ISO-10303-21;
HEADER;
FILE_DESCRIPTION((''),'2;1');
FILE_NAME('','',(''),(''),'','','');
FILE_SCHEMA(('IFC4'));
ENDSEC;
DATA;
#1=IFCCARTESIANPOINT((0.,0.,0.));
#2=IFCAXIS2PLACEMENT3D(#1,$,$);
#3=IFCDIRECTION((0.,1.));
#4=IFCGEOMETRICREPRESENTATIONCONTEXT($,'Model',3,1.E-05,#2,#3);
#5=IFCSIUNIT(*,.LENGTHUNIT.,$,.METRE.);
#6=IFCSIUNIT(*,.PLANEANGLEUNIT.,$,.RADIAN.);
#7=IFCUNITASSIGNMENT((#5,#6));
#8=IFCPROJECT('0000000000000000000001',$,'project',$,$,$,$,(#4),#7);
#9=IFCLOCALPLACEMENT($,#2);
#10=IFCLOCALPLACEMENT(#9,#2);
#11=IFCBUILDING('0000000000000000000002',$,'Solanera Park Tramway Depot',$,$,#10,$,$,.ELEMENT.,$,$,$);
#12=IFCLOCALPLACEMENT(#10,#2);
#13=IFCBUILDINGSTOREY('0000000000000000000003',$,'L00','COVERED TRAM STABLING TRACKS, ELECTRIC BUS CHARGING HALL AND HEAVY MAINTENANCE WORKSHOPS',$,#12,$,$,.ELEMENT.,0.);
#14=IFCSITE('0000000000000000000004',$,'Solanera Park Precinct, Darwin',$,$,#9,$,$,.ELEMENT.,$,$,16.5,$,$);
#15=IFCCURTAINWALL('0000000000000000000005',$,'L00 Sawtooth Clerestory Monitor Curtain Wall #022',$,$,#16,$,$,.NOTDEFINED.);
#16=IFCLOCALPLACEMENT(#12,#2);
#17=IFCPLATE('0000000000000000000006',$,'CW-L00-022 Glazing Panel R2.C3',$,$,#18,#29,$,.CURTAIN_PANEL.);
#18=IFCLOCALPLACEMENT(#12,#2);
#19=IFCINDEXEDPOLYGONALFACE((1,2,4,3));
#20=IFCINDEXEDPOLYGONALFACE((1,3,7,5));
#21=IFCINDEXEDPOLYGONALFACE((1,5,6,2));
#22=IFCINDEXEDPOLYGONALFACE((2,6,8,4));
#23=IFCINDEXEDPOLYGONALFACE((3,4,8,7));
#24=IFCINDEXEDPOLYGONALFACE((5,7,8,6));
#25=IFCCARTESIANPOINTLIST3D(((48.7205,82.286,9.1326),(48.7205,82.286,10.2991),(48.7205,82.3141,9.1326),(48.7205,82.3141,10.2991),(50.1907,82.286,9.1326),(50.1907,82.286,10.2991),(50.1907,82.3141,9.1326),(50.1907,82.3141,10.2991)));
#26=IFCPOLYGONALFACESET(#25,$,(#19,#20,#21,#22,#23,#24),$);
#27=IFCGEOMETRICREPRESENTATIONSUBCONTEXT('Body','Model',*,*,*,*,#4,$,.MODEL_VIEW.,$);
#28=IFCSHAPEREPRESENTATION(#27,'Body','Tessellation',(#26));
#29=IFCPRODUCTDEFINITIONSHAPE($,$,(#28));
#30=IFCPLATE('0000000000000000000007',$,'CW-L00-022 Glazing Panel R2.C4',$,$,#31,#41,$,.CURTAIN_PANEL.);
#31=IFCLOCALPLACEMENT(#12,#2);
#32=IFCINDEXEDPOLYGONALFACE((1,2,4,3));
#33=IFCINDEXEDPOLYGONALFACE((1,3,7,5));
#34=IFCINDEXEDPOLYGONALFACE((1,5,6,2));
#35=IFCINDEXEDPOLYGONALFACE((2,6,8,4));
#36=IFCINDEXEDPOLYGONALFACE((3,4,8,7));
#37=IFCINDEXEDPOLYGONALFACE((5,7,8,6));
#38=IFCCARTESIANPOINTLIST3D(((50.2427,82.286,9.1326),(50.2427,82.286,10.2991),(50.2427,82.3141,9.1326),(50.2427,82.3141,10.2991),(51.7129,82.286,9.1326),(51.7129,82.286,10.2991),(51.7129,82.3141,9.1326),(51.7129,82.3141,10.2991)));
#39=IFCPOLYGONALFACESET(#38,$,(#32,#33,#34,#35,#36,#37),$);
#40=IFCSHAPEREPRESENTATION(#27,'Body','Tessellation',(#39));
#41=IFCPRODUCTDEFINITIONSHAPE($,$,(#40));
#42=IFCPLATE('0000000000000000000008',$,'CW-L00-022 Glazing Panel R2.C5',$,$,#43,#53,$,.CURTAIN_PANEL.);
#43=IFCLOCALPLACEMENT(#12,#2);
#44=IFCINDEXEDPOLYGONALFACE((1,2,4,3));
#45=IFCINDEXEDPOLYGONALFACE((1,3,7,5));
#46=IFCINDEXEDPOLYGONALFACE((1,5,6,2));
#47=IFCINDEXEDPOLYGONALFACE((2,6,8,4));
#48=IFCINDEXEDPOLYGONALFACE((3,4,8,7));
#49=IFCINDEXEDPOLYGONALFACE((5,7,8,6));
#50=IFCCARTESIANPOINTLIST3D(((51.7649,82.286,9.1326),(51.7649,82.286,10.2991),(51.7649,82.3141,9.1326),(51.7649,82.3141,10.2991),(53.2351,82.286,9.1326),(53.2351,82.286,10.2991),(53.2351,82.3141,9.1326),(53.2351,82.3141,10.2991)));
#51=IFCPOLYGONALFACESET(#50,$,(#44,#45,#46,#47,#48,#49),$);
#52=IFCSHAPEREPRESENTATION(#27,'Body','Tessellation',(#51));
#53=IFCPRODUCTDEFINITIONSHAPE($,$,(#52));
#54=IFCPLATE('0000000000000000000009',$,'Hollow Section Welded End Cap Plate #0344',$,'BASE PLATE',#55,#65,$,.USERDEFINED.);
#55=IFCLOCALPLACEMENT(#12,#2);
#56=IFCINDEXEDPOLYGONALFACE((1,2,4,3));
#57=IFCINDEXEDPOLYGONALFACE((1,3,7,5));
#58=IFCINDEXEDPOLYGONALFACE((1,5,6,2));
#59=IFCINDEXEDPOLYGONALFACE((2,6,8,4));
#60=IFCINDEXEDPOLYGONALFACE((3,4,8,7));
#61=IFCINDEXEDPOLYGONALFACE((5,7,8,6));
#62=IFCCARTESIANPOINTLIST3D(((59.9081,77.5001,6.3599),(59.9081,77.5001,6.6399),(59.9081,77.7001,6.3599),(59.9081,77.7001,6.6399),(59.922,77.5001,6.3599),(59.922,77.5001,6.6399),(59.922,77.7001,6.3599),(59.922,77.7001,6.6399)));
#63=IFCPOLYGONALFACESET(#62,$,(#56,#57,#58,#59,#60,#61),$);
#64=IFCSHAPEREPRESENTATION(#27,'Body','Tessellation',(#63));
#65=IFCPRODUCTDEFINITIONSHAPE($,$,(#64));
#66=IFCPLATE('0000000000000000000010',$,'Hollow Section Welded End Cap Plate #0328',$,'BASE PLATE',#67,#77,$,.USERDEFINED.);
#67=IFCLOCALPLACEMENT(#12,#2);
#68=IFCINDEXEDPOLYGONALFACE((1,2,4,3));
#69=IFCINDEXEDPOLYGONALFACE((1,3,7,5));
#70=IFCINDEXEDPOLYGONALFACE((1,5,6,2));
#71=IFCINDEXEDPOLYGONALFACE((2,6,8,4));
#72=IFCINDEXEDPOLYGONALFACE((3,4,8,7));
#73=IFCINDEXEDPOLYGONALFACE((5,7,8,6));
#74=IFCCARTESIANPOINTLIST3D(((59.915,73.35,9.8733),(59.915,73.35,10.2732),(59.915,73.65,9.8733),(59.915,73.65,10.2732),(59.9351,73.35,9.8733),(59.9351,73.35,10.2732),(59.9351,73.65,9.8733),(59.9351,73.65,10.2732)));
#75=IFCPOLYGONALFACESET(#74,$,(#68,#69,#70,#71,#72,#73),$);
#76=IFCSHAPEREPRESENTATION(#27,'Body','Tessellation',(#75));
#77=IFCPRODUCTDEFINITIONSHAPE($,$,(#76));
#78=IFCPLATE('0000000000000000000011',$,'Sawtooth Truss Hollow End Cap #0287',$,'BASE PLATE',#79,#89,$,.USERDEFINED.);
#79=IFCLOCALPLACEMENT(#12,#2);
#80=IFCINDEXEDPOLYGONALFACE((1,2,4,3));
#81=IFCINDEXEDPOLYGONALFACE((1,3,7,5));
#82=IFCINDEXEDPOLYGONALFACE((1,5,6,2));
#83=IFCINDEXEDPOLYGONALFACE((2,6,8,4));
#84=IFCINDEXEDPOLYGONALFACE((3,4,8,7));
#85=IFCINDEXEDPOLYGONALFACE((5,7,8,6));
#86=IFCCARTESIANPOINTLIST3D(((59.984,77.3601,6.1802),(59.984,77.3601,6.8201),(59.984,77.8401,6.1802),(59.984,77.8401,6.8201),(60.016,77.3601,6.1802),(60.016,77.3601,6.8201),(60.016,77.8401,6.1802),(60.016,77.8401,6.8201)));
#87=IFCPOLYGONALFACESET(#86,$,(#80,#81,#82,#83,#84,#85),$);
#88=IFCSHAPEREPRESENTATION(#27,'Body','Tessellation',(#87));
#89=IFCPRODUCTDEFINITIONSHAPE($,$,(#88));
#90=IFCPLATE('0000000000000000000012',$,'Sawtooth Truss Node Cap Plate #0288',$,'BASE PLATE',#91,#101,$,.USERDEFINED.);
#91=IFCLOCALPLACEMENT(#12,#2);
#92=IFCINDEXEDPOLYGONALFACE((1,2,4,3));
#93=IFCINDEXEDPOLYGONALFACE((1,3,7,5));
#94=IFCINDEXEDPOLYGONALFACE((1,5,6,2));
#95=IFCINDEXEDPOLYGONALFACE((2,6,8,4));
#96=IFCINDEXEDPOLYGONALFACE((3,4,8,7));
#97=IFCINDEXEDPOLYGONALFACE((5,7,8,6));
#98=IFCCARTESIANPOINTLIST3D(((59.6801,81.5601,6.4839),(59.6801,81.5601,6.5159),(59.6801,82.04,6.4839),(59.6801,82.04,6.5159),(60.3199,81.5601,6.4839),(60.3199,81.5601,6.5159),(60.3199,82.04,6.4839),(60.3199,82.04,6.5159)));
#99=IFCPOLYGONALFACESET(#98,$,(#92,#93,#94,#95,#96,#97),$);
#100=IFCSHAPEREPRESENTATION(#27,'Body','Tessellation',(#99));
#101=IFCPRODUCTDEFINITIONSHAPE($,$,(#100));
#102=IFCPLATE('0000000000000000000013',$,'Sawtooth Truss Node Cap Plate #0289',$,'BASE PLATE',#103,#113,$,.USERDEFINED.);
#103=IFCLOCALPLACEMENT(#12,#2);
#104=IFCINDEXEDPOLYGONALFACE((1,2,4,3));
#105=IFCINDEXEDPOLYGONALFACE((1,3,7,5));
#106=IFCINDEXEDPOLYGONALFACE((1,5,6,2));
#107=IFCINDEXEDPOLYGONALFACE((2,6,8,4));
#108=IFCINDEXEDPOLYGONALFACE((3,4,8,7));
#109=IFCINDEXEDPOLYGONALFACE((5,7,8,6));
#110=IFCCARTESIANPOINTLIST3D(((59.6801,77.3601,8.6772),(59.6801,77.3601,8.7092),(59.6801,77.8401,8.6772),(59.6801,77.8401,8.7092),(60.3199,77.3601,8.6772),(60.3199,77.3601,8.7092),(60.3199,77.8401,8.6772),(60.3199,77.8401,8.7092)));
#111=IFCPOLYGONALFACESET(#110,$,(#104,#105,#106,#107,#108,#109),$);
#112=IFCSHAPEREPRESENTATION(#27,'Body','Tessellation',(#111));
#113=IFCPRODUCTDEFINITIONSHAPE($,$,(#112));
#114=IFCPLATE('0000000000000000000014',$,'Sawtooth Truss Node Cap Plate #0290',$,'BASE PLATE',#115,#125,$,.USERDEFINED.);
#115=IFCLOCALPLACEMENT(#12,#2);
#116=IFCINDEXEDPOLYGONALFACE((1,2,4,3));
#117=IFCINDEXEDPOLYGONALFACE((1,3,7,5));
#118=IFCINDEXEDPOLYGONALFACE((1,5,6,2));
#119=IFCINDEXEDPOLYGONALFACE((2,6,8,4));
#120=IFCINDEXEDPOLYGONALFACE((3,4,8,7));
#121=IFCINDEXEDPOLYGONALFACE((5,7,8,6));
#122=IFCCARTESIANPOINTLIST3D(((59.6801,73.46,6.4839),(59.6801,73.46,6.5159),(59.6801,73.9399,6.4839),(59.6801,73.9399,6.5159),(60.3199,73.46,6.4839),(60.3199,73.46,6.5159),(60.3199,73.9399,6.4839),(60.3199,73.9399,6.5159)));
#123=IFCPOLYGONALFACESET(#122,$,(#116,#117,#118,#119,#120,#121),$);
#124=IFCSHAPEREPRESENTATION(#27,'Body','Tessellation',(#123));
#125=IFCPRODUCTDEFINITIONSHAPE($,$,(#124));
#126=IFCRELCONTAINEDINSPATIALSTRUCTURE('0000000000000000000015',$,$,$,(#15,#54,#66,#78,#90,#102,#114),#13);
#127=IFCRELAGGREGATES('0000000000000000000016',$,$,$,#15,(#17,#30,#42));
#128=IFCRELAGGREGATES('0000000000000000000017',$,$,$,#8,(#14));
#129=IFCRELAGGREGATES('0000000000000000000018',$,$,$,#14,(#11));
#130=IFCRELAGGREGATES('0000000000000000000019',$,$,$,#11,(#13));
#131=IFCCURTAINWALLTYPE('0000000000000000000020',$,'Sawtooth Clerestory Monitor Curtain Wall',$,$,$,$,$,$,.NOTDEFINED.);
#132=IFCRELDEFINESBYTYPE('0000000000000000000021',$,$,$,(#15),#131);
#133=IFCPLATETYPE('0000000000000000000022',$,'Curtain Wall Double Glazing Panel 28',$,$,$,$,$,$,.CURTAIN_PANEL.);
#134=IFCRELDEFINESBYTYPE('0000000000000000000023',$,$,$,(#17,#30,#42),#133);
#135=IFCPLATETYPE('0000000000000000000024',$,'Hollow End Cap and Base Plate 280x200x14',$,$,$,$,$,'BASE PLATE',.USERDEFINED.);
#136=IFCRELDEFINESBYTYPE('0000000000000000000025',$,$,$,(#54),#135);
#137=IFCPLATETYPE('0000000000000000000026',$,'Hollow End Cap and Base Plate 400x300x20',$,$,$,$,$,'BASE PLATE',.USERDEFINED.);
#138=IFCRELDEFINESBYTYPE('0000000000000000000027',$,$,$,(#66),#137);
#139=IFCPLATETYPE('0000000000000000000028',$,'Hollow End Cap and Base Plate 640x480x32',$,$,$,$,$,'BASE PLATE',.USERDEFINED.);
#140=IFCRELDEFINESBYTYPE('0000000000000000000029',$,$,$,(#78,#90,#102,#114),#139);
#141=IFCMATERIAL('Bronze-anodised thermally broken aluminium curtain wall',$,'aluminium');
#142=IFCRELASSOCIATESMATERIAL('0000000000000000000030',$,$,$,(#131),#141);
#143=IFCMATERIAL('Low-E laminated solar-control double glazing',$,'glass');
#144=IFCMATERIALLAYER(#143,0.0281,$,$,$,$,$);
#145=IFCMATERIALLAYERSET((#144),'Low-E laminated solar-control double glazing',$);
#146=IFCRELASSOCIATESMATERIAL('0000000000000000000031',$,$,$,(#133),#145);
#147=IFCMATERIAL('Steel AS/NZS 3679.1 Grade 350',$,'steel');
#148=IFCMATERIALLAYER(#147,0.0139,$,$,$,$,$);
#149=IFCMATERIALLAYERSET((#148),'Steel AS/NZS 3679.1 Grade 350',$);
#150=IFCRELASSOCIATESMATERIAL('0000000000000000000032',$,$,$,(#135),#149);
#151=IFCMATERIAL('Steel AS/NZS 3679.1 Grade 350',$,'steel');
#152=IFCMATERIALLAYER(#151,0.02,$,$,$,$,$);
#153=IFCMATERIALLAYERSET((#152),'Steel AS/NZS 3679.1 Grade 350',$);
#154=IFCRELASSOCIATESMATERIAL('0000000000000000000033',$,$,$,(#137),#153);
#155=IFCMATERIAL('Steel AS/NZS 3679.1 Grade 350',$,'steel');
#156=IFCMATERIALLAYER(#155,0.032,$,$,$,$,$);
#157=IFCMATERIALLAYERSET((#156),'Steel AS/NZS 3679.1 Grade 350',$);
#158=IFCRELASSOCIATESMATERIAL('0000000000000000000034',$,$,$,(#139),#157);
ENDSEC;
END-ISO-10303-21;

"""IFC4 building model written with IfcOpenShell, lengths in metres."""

from ifc_helpers import new_model, si_unit, direction, frame, origin, origin_2d, place, context, subcontext, project, spatial, rectangle, extrude, material, layer, layer_set, type_object, element, aggregate, save


model = new_model("IFC4")

# Units and contexts
model_context = context("Model", 3, precision=1e-05, world=origin(), true_north=direction((0.0, 1.0)))
body_context = subcontext(model_context, "Body", "Model", "MODEL_VIEW")
ifc_project = project(units=[si_unit("LENGTHUNIT", "METRE"), si_unit("PLANEANGLEUNIT", "RADIAN")], contexts=[model_context])

# Site, building, storey
site_placement = place(None, origin())
site = spatial("IfcSite", under=ifc_project, at=site_placement, Name="Solanera Park Precinct, Darwin", CompositionType="ELEMENT", RefElevation=16.5)
building_placement = place(site_placement, origin())
building = spatial("IfcBuilding", under=site, at=building_placement, Name="Solanera Park Tramway Depot", CompositionType="ELEMENT")
storey_placement = place(building_placement, origin())
storey = spatial("IfcBuildingStorey", under=building, at=storey_placement, Name="L00", Description="COVERED TRAM STABLING TRACKS, ELECTRIC BUS CHARGING HALL AND HEAVY MAINTENANCE WORKSHOPS", CompositionType="ELEMENT", Elevation=0.0)

# Curtain wall
ifc_material_1 = material(Name="Bronze-anodised thermally broken aluminium curtain wall", Category="aluminium")
curtain_wall_type = type_object("IfcCurtainWallType", Name="Sawtooth Clerestory Monitor Curtain Wall", PredefinedType="NOTDEFINED", material=ifc_material_1)
curtain_wall_placement = place(storey_placement, origin())
curtain_wall = element("IfcCurtainWall", 1, at=curtain_wall_placement, inside=storey, type_object=curtain_wall_type, Name="L00 Sawtooth Clerestory Monitor Curtain Wall #022", PredefinedType="NOTDEFINED")

# Plates
ifc_material_2 = material(Name="Low-E laminated solar-control double glazing", Category="glass")
ifc_layer_1 = layer(ifc_material_2, 0.0281)
ifc_layer_set_1 = layer_set([ifc_layer_1], Name="Low-E laminated solar-control double glazing")
plate_type_1 = type_object("IfcPlateType", Name="Curtain Wall Double Glazing Panel 28", PredefinedType="CURTAIN_PANEL", material=ifc_layer_set_1)
plate_1_placement = place(storey_placement, frame((49.4556, 82.3, 9.1326), z_axis=(0.0, 0.0, 1.0), x_axis=(1.0, 0.0, 0.0)))
plate_1 = element("IfcPlate", 2, at=plate_1_placement, type_object=plate_type_1, Name="CW-L00-022 Glazing Panel R2.C3", PredefinedType="CURTAIN_PANEL", context=body_context, shape_type="SweptSolid", body=[
    extrude(rectangle(XDim=1.4702, YDim=0.0281, at=origin_2d()), origin(), (0.0, 0.0, 1.0), 1.1665),
])
plate_2_placement = place(storey_placement, frame((50.9778, 82.3, 9.1326), z_axis=(0.0, 0.0, 1.0), x_axis=(1.0, 0.0, 0.0)))
plate_2 = element("IfcPlate", 3, at=plate_2_placement, type_object=plate_type_1, Name="CW-L00-022 Glazing Panel R2.C4", PredefinedType="CURTAIN_PANEL", context=body_context, shape_type="SweptSolid", body=[
    extrude(rectangle(XDim=1.4702, YDim=0.0281, at=origin_2d()), origin(), (0.0, 0.0, 1.0), 1.1665),
])
plate_3_placement = place(storey_placement, frame((52.5, 82.3, 9.1326), z_axis=(0.0, 0.0, 1.0), x_axis=(1.0, 0.0, 0.0)))
plate_3 = element("IfcPlate", 4, at=plate_3_placement, type_object=plate_type_1, Name="CW-L00-022 Glazing Panel R2.C5", PredefinedType="CURTAIN_PANEL", context=body_context, shape_type="SweptSolid", body=[
    extrude(rectangle(XDim=1.4702, YDim=0.0281, at=origin_2d()), origin(), (0.0, 0.0, 1.0), 1.1665),
])
aggregate(curtain_wall, [plate_1, plate_2, plate_3])

# Plates
ifc_material_3 = material(Name="Steel AS/NZS 3679.1 Grade 350", Category="steel")
ifc_layer_2 = layer(ifc_material_3, 0.0139)
ifc_layer_set_2 = layer_set([ifc_layer_2], Name="Steel AS/NZS 3679.1 Grade 350")
plate_type_2 = type_object("IfcPlateType", Name="Hollow End Cap and Base Plate 280x200x14", ElementType="BASE PLATE", PredefinedType="USERDEFINED", material=ifc_layer_set_2)
plate_4_placement = place(storey_placement, frame((59.915, 77.6001, 6.3599), z_axis=(0.0, 0.0, 1.0), x_axis=(1.0, 0.0, 0.0)))
element("IfcPlate", 5, at=plate_4_placement, inside=storey, type_object=plate_type_2, Name="Hollow Section Welded End Cap Plate #0344", ObjectType="BASE PLATE", PredefinedType="USERDEFINED", context=body_context, shape_type="SweptSolid", body=[
    extrude(rectangle(XDim=0.0139, YDim=0.2, at=origin_2d()), origin(), (0.0, 0.0, 1.0), 0.28),
])
ifc_material_4 = material(Name="Steel AS/NZS 3679.1 Grade 350", Category="steel")
ifc_layer_3 = layer(ifc_material_4, 0.02)
ifc_layer_set_3 = layer_set([ifc_layer_3], Name="Steel AS/NZS 3679.1 Grade 350")
plate_type_3 = type_object("IfcPlateType", Name="Hollow End Cap and Base Plate 400x300x20", ElementType="BASE PLATE", PredefinedType="USERDEFINED", material=ifc_layer_set_3)
plate_5_placement = place(storey_placement, frame((59.925, 73.5, 9.8733), z_axis=(0.0, 0.0, 1.0), x_axis=(1.0, 0.0, 0.0)))
element("IfcPlate", 6, at=plate_5_placement, inside=storey, type_object=plate_type_3, Name="Hollow Section Welded End Cap Plate #0328", ObjectType="BASE PLATE", PredefinedType="USERDEFINED", context=body_context, shape_type="SweptSolid", body=[
    extrude(rectangle(XDim=0.02, YDim=0.3, at=origin_2d()), origin(), (0.0, 0.0, 1.0), 0.3999),
])
ifc_material_5 = material(Name="Steel AS/NZS 3679.1 Grade 350", Category="steel")
ifc_layer_4 = layer(ifc_material_5, 0.032)
ifc_layer_set_4 = layer_set([ifc_layer_4], Name="Steel AS/NZS 3679.1 Grade 350")
plate_type_4 = type_object("IfcPlateType", Name="Hollow End Cap and Base Plate 640x480x32", ElementType="BASE PLATE", PredefinedType="USERDEFINED", material=ifc_layer_set_4)
plate_6_placement = place(storey_placement, frame((60.0, 77.6001, 6.1802), z_axis=(0.0, 0.0, 1.0), x_axis=(1.0, 0.0, 0.0)))
element("IfcPlate", 7, at=plate_6_placement, inside=storey, type_object=plate_type_4, Name="Sawtooth Truss Hollow End Cap #0287", ObjectType="BASE PLATE", PredefinedType="USERDEFINED", context=body_context, shape_type="SweptSolid", body=[
    extrude(rectangle(XDim=0.032, YDim=0.48, at=origin_2d()), origin(), (0.0, 0.0, 1.0), 0.6399),
])
for number, where, z_axis, x_axis, name in (
    (8, (60.0, 81.8, 6.4839), (0.0, 0.0, 1.0), (1.0, 0.0, 0.0), "Sawtooth Truss Node Cap Plate #0288"),
    (9, (60.0, 77.6001, 8.6772), (0.0, 0.0, 1.0), (1.0, 0.0, 0.0), "Sawtooth Truss Node Cap Plate #0289"),
    (10, (60.0, 73.7, 6.4839), (0.0, 0.0, 1.0), (1.0, 0.0, 0.0), "Sawtooth Truss Node Cap Plate #0290"),
):
    element("IfcPlate", number, at=place(storey_placement, frame(where, z_axis=z_axis, x_axis=x_axis)), inside=storey, type_object=plate_type_4, Name=name, ObjectType="BASE PLATE", PredefinedType="USERDEFINED", context=body_context, shape_type="SweptSolid", body=[
        extrude(rectangle(XDim=0.6399, YDim=0.48, at=origin_2d()), origin(), (0.0, 0.0, 1.0), 0.032),
    ])

save(model, "model.ifc")
